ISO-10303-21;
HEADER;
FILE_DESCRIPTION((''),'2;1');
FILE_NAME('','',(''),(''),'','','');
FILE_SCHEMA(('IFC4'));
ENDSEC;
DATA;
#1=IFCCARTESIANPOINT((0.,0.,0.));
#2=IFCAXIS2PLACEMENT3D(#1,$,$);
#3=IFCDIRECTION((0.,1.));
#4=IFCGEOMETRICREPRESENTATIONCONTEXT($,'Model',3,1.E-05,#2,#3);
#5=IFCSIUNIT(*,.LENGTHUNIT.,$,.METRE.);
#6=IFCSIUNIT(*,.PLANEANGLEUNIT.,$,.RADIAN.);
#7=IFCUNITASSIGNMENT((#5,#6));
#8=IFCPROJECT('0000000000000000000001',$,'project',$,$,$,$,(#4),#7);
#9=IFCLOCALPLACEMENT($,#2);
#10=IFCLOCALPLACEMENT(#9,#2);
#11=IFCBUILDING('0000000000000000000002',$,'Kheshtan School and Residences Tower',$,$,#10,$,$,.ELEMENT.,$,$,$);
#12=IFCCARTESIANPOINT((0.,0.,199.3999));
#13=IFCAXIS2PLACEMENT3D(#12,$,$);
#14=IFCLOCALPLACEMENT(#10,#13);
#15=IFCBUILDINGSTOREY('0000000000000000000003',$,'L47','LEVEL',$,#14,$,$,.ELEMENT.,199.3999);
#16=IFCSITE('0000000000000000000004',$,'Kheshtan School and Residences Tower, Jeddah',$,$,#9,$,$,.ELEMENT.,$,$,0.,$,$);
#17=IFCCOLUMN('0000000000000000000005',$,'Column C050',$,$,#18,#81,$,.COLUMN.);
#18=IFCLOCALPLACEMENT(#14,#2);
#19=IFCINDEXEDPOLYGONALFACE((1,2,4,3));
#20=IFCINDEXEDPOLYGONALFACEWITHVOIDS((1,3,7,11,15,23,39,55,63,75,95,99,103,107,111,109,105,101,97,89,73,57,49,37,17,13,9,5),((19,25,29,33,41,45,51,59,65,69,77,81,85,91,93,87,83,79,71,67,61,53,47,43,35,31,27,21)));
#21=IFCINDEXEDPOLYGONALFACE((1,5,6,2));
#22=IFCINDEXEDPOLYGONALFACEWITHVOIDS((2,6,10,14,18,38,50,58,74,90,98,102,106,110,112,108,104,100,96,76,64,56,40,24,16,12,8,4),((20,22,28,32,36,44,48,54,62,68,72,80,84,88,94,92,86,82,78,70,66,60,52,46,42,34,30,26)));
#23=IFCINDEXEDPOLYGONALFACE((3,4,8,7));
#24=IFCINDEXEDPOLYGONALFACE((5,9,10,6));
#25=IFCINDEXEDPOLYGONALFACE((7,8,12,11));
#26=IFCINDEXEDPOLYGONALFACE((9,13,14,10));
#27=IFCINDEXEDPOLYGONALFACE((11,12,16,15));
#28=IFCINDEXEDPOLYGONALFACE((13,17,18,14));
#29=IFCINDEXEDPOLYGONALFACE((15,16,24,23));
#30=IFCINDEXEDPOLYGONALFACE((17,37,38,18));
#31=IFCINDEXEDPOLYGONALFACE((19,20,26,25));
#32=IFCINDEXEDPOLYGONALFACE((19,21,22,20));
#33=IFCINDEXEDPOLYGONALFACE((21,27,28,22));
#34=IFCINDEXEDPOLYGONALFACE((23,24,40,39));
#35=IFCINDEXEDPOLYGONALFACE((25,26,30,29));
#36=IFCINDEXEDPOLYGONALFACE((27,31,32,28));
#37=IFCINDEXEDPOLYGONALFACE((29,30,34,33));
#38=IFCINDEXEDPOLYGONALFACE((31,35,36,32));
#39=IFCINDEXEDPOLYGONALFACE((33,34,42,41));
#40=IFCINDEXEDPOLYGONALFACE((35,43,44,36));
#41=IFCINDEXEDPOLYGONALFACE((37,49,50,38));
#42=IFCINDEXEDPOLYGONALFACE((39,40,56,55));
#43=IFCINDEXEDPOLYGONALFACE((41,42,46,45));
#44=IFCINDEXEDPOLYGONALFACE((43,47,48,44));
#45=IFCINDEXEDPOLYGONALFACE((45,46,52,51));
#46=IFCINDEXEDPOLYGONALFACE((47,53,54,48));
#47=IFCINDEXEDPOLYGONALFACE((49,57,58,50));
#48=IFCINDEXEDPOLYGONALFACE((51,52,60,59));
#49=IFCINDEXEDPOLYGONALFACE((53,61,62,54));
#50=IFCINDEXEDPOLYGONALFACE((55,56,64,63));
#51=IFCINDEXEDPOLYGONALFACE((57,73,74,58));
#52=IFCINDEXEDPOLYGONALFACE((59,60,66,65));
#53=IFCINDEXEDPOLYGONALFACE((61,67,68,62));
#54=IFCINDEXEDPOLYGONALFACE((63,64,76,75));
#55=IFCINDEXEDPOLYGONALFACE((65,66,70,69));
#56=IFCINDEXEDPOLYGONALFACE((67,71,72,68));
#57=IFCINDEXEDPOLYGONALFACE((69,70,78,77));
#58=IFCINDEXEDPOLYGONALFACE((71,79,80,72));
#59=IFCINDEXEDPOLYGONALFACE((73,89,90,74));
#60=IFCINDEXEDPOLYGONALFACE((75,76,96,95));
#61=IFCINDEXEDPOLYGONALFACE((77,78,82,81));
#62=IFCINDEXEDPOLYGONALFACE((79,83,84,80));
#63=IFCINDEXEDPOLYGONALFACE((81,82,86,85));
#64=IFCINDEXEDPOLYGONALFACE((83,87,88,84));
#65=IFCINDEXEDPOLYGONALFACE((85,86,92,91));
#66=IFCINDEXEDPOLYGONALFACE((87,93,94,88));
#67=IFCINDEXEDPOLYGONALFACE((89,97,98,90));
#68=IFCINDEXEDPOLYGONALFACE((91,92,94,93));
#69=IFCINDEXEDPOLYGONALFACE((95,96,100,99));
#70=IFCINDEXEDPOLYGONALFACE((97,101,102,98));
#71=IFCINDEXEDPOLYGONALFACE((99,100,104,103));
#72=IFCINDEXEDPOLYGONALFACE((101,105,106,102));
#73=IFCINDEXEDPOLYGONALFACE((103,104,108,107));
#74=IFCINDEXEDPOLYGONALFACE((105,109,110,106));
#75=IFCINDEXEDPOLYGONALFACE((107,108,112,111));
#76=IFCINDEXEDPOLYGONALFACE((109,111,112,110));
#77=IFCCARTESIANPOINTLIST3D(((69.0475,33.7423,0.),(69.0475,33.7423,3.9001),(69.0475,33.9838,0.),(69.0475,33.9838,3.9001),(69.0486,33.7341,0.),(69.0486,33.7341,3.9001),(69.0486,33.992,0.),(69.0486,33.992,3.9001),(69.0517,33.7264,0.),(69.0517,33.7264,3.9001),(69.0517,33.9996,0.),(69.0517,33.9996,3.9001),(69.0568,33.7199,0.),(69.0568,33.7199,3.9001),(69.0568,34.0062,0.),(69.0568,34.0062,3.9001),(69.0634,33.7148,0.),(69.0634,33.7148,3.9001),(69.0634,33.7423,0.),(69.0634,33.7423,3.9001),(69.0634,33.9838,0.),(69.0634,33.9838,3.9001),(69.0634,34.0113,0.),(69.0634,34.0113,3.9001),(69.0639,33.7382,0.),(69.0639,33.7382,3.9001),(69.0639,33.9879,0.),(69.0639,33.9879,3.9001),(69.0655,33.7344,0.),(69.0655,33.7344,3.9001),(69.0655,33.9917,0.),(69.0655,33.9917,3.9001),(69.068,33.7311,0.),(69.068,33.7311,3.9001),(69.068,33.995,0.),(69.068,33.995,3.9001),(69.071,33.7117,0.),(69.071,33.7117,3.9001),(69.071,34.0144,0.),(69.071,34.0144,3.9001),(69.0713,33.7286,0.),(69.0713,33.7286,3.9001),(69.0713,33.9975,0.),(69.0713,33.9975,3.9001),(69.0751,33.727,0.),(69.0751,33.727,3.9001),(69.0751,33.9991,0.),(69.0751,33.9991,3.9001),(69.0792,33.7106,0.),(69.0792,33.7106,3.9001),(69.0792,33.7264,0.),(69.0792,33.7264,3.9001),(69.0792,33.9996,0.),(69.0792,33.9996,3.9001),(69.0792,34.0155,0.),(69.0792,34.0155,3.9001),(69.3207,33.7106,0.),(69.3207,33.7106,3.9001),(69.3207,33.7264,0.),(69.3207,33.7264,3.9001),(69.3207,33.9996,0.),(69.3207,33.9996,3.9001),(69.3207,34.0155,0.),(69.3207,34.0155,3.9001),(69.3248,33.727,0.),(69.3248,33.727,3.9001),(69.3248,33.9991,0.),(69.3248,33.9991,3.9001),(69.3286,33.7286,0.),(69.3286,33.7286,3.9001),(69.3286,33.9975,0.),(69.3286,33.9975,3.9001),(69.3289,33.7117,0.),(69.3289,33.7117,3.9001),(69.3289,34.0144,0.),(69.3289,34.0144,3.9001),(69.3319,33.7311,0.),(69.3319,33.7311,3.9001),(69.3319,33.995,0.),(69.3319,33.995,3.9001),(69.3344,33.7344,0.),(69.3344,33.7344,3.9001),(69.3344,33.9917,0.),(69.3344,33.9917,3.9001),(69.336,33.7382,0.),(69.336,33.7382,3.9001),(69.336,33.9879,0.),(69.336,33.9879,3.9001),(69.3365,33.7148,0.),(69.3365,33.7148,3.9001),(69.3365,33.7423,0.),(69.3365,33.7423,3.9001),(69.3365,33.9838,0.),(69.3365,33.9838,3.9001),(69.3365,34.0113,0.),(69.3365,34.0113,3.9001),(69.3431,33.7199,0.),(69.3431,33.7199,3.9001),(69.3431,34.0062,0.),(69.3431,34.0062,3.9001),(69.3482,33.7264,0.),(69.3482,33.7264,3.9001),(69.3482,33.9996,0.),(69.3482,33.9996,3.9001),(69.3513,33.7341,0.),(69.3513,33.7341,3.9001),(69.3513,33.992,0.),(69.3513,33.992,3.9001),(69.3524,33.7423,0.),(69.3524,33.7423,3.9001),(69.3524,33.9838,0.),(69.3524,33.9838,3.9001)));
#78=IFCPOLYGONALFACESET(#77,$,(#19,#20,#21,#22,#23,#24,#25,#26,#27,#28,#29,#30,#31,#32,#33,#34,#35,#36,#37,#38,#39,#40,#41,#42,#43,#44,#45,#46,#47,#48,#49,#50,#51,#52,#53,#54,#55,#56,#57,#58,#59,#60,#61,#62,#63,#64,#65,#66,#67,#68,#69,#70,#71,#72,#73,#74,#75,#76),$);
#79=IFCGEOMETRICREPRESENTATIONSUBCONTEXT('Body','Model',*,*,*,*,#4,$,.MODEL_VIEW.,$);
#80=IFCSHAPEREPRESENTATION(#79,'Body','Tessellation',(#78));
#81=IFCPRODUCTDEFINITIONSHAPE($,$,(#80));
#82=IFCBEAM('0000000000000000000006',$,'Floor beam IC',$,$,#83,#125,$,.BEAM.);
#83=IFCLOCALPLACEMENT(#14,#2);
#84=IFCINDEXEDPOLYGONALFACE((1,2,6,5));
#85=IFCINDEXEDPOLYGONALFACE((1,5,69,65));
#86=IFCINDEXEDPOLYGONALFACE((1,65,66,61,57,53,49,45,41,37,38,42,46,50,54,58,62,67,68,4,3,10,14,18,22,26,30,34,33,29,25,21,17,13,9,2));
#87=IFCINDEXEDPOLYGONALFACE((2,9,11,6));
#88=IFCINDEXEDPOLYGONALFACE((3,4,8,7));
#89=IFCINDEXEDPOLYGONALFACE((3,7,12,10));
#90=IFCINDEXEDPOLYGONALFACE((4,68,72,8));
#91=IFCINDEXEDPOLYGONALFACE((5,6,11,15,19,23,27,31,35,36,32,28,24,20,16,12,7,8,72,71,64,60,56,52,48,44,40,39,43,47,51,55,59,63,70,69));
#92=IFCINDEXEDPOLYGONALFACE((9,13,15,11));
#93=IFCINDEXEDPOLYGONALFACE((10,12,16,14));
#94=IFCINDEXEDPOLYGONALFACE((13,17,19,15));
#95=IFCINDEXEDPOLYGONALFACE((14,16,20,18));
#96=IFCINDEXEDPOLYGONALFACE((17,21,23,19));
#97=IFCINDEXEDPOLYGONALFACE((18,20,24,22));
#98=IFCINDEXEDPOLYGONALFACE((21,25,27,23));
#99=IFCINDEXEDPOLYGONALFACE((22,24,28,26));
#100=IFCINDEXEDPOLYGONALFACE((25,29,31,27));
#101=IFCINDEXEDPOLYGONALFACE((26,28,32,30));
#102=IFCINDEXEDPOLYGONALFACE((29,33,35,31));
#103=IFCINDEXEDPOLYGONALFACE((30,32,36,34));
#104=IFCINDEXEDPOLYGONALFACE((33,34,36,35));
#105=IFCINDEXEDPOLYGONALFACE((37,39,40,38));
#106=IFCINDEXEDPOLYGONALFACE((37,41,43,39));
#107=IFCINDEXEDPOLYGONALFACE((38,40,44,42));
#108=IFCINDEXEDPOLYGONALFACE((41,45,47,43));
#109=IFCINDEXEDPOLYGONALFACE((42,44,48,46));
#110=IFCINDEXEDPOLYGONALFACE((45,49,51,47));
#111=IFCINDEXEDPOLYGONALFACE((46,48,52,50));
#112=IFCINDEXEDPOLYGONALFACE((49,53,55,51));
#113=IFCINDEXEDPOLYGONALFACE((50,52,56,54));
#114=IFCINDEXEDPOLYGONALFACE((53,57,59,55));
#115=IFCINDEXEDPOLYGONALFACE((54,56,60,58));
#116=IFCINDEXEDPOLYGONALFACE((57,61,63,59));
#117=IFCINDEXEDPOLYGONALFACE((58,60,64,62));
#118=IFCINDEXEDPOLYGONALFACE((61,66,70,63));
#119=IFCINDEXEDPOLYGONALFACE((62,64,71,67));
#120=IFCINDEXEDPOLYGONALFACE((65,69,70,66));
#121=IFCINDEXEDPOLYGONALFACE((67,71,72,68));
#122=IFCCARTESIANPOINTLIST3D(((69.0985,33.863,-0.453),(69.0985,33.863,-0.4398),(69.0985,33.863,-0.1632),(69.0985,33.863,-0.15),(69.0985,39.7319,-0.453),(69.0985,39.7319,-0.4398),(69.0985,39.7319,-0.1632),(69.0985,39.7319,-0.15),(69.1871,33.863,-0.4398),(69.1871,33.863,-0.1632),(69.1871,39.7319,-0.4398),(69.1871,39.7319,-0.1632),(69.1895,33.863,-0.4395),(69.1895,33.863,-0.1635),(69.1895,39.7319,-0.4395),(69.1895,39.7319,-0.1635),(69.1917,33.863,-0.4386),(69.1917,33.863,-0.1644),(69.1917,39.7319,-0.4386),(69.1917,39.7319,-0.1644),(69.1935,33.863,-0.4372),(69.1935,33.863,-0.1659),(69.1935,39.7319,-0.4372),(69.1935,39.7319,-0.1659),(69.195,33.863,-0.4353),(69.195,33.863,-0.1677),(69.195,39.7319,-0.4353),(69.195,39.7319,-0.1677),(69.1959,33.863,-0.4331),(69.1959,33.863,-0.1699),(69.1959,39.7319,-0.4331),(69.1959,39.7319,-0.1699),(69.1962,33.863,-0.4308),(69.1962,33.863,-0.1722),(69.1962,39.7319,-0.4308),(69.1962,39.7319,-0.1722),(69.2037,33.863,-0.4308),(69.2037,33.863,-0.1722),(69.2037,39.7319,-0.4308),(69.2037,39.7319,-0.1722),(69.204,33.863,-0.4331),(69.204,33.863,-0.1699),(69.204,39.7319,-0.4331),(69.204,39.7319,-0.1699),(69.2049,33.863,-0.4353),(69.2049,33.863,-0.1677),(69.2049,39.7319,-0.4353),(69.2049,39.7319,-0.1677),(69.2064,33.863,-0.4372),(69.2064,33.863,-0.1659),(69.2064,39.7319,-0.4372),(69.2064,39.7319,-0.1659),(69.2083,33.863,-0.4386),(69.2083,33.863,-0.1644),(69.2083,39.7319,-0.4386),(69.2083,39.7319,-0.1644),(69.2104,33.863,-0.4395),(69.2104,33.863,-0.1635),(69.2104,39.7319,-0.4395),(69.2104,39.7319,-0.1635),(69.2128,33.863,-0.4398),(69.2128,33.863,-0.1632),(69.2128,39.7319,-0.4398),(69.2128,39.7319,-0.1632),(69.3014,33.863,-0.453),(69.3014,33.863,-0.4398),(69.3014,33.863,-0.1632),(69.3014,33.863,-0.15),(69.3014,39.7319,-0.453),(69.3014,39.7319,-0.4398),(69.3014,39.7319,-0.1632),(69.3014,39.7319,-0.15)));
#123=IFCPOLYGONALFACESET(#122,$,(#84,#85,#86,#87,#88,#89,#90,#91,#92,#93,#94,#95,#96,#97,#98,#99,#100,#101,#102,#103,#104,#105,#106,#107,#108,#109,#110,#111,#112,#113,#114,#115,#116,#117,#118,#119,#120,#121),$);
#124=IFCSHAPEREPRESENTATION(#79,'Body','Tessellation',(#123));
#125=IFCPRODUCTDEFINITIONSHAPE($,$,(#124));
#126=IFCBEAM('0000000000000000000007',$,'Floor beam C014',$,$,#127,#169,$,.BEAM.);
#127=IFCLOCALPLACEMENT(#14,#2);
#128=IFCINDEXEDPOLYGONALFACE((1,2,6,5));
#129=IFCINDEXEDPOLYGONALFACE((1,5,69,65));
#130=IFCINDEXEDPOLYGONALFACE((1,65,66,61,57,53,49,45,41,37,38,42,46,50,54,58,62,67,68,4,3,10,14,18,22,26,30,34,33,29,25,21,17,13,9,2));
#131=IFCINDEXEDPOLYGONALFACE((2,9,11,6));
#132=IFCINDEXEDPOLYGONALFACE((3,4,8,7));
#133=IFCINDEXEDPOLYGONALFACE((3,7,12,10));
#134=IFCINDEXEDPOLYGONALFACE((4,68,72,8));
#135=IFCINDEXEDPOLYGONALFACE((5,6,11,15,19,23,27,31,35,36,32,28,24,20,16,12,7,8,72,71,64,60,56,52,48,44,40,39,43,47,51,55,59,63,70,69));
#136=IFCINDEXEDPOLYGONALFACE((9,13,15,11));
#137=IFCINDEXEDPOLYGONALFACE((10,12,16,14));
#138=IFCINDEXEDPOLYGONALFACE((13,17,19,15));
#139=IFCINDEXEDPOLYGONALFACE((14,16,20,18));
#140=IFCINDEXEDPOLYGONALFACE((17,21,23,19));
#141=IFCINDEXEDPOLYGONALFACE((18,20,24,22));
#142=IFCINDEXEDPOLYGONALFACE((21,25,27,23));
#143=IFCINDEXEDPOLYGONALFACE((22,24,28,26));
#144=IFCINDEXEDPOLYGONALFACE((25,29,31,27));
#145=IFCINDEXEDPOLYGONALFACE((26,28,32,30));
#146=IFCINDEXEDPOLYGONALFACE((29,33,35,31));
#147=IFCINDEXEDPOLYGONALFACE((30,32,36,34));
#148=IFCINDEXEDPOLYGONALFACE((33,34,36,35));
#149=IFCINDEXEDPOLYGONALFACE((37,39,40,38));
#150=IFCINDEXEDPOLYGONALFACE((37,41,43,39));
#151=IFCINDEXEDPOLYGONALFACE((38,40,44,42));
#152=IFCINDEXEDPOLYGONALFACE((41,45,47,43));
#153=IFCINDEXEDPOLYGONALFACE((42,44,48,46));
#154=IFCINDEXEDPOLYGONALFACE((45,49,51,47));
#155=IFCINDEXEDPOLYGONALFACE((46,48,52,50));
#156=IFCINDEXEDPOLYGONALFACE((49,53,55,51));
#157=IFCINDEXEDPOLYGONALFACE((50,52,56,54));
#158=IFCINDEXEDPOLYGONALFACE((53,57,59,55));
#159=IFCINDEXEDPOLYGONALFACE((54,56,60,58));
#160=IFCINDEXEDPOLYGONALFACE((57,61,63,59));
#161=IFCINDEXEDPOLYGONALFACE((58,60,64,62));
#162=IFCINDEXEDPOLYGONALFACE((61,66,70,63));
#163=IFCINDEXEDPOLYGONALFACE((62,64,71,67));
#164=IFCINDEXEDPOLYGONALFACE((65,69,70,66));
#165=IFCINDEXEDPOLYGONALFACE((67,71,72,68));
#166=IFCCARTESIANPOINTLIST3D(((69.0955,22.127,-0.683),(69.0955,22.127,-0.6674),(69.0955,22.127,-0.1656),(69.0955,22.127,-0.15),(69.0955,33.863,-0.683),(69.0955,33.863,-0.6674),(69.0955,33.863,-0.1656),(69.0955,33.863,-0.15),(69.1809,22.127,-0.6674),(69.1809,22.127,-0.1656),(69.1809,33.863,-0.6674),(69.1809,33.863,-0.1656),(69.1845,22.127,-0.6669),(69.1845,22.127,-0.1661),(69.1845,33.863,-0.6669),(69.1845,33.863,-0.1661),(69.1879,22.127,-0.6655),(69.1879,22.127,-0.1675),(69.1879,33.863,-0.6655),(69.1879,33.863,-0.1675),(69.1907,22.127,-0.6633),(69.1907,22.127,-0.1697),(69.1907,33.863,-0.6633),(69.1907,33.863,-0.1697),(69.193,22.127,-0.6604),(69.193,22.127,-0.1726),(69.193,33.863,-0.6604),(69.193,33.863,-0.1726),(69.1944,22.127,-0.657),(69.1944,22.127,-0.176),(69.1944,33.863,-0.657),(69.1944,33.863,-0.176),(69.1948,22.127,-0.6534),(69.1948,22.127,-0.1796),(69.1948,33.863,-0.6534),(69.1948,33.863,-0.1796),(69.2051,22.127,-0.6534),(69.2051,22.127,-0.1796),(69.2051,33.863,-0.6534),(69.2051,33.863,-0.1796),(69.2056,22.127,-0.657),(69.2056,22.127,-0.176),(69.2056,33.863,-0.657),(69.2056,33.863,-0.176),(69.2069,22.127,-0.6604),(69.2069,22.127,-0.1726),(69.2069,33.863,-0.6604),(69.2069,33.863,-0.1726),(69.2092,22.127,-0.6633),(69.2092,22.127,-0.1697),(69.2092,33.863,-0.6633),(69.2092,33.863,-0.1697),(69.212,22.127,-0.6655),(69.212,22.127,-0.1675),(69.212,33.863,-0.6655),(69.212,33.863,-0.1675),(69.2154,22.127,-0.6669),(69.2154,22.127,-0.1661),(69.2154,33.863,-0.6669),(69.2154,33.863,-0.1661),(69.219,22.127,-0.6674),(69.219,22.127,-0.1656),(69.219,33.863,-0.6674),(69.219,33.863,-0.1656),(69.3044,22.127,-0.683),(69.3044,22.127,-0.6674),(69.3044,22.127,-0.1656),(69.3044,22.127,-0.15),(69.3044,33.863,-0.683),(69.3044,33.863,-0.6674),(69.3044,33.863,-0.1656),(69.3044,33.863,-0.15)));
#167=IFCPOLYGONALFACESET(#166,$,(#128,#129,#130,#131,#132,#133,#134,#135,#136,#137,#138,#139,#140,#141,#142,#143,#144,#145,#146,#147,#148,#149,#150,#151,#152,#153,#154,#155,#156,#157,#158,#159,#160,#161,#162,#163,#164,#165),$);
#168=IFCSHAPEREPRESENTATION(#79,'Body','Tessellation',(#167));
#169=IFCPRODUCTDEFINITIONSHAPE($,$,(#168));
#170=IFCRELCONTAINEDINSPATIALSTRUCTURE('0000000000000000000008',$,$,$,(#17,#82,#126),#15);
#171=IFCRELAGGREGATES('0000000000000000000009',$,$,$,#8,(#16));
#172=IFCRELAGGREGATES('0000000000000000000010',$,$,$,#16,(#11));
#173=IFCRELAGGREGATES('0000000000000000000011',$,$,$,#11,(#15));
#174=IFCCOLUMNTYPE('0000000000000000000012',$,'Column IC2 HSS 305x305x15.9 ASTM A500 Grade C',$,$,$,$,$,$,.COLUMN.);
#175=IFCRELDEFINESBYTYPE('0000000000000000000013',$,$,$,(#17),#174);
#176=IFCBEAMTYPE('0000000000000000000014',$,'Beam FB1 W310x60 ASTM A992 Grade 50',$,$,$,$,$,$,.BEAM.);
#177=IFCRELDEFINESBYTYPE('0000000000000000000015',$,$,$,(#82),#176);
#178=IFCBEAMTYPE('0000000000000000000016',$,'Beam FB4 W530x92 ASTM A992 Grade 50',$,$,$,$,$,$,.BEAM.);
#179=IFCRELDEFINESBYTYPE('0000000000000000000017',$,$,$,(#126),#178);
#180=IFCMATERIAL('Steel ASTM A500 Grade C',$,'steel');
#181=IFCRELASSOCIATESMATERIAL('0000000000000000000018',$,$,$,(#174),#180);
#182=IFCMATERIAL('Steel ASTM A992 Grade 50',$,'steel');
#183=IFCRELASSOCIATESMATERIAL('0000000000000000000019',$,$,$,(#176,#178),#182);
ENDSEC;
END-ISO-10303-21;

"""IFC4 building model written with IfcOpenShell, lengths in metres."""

from ifc_helpers import new_model, si_unit, direction, frame, origin, origin_2d, place, context, subcontext, project, spatial, hollow_rectangle, i_section, extrude, material, material_profile, profile_set, type_object, element, save


model = new_model("IFC4")

# Units and contexts
model_context = context("Model", 3, precision=1e-05, world=origin(), true_north=direction((0.0, 1.0)))
body_context = subcontext(model_context, "Body", "Model", "MODEL_VIEW")
ifc_project = project(units=[si_unit("LENGTHUNIT", "METRE"), si_unit("PLANEANGLEUNIT", "RADIAN")], contexts=[model_context])

# Site, building, storey
site_placement = place(None, origin())
site = spatial("IfcSite", under=ifc_project, at=site_placement, Name="Kheshtan School and Residences Tower, Jeddah", CompositionType="ELEMENT", RefElevation=0.0)
building_placement = place(site_placement, origin())
building = spatial("IfcBuilding", under=site, at=building_placement, Name="Kheshtan School and Residences Tower", CompositionType="ELEMENT")
storey_placement = place(building_placement, frame((0.0, 0.0, 199.3999)))
storey = spatial("IfcBuildingStorey", under=building, at=storey_placement, Name="L47", Description="LEVEL", CompositionType="ELEMENT", Elevation=199.3999)

# Column
ifc_material_1 = material(Name="Steel ASTM A992 Grade 50", Category="steel")
ifc_material_2 = material(Name="Steel ASTM A500 Grade C", Category="steel")
ifc_material_profile_1 = material_profile(ifc_material_2, hollow_rectangle(XDim=0.3049, YDim=0.3049, WallThickness=0.0159, InnerFilletRadius=0.0159, OuterFilletRadius=0.0317, at=origin_2d()), Name="HSS 305x305x15.9")
ifc_profile_set_1 = profile_set([ifc_material_profile_1], Name="Steel ASTM A500 Grade C")
column_type_1 = type_object("IfcColumnType", Name="Column IC2 HSS 305x305x15.9 ASTM A500 Grade C", PredefinedType="COLUMN", material=ifc_profile_set_1)
column_placement = place(storey_placement, frame((69.2, 33.863, 0.0), z_axis=(0.0, 0.0, 1.0), x_axis=(1.0, 0.0, 0.0)))
element("IfcColumn", 1, at=column_placement, inside=storey, type_object=column_type_1, Name="Column C050", PredefinedType="COLUMN", context=body_context, shape_type="SweptSolid", body=[
    extrude(hollow_rectangle(XDim=0.3049, YDim=0.3049, WallThickness=0.0159, InnerFilletRadius=0.0159, OuterFilletRadius=0.0317, at=origin_2d()), origin(), (0.0, 0.0, 1.0), 3.9001),
])

# Beams
ifc_material_profile_2 = material_profile(ifc_material_1, i_section(OverallWidth=0.2029, OverallDepth=0.303, WebThickness=0.0076, FlangeThickness=0.0132, FilletRadius=0.009, at=origin_2d()), Name="W310x60")
ifc_profile_set_2 = profile_set([ifc_material_profile_2], Name="Steel ASTM A992 Grade 50")
beam_type_1 = type_object("IfcBeamType", Name="Beam FB1 W310x60 ASTM A992 Grade 50", PredefinedType="BEAM", material=ifc_profile_set_2)
beam_1_placement = place(storey_placement, frame((69.2, 33.863, -0.3015), z_axis=(0.0, 1.0, 0.0), x_axis=(-1.0, 0.0, 0.0)))
element("IfcBeam", 2, at=beam_1_placement, inside=storey, type_object=beam_type_1, Name="Floor beam IC", PredefinedType="BEAM", context=body_context, shape_type="SweptSolid", body=[
    extrude(i_section(OverallWidth=0.2029, OverallDepth=0.303, WebThickness=0.0076, FlangeThickness=0.0132, FilletRadius=0.009, at=origin_2d()), origin(), (0.0, 0.0, 1.0), 5.8689),
])
ifc_material_profile_3 = material_profile(ifc_material_1, i_section(OverallWidth=0.209, OverallDepth=0.533, WebThickness=0.0103, FlangeThickness=0.0156, FilletRadius=0.0139, at=origin_2d()), Name="W530x92")
ifc_profile_set_3 = profile_set([ifc_material_profile_3], Name="Steel ASTM A992 Grade 50")
beam_type_2 = type_object("IfcBeamType", Name="Beam FB4 W530x92 ASTM A992 Grade 50", PredefinedType="BEAM", material=ifc_profile_set_3)
beam_2_placement = place(storey_placement, frame((69.2, 22.127, -0.4165), z_axis=(0.0, 1.0, 0.0), x_axis=(-1.0, 0.0, 0.0)))
element("IfcBeam", 3, at=beam_2_placement, inside=storey, type_object=beam_type_2, Name="Floor beam C014", PredefinedType="BEAM", context=body_context, shape_type="SweptSolid", body=[
    extrude(i_section(OverallWidth=0.209, OverallDepth=0.533, WebThickness=0.0103, FlangeThickness=0.0156, FilletRadius=0.0139, at=origin_2d()), origin(), (0.0, 0.0, 1.0), 11.7361),
])

save(model, "model.ifc")
